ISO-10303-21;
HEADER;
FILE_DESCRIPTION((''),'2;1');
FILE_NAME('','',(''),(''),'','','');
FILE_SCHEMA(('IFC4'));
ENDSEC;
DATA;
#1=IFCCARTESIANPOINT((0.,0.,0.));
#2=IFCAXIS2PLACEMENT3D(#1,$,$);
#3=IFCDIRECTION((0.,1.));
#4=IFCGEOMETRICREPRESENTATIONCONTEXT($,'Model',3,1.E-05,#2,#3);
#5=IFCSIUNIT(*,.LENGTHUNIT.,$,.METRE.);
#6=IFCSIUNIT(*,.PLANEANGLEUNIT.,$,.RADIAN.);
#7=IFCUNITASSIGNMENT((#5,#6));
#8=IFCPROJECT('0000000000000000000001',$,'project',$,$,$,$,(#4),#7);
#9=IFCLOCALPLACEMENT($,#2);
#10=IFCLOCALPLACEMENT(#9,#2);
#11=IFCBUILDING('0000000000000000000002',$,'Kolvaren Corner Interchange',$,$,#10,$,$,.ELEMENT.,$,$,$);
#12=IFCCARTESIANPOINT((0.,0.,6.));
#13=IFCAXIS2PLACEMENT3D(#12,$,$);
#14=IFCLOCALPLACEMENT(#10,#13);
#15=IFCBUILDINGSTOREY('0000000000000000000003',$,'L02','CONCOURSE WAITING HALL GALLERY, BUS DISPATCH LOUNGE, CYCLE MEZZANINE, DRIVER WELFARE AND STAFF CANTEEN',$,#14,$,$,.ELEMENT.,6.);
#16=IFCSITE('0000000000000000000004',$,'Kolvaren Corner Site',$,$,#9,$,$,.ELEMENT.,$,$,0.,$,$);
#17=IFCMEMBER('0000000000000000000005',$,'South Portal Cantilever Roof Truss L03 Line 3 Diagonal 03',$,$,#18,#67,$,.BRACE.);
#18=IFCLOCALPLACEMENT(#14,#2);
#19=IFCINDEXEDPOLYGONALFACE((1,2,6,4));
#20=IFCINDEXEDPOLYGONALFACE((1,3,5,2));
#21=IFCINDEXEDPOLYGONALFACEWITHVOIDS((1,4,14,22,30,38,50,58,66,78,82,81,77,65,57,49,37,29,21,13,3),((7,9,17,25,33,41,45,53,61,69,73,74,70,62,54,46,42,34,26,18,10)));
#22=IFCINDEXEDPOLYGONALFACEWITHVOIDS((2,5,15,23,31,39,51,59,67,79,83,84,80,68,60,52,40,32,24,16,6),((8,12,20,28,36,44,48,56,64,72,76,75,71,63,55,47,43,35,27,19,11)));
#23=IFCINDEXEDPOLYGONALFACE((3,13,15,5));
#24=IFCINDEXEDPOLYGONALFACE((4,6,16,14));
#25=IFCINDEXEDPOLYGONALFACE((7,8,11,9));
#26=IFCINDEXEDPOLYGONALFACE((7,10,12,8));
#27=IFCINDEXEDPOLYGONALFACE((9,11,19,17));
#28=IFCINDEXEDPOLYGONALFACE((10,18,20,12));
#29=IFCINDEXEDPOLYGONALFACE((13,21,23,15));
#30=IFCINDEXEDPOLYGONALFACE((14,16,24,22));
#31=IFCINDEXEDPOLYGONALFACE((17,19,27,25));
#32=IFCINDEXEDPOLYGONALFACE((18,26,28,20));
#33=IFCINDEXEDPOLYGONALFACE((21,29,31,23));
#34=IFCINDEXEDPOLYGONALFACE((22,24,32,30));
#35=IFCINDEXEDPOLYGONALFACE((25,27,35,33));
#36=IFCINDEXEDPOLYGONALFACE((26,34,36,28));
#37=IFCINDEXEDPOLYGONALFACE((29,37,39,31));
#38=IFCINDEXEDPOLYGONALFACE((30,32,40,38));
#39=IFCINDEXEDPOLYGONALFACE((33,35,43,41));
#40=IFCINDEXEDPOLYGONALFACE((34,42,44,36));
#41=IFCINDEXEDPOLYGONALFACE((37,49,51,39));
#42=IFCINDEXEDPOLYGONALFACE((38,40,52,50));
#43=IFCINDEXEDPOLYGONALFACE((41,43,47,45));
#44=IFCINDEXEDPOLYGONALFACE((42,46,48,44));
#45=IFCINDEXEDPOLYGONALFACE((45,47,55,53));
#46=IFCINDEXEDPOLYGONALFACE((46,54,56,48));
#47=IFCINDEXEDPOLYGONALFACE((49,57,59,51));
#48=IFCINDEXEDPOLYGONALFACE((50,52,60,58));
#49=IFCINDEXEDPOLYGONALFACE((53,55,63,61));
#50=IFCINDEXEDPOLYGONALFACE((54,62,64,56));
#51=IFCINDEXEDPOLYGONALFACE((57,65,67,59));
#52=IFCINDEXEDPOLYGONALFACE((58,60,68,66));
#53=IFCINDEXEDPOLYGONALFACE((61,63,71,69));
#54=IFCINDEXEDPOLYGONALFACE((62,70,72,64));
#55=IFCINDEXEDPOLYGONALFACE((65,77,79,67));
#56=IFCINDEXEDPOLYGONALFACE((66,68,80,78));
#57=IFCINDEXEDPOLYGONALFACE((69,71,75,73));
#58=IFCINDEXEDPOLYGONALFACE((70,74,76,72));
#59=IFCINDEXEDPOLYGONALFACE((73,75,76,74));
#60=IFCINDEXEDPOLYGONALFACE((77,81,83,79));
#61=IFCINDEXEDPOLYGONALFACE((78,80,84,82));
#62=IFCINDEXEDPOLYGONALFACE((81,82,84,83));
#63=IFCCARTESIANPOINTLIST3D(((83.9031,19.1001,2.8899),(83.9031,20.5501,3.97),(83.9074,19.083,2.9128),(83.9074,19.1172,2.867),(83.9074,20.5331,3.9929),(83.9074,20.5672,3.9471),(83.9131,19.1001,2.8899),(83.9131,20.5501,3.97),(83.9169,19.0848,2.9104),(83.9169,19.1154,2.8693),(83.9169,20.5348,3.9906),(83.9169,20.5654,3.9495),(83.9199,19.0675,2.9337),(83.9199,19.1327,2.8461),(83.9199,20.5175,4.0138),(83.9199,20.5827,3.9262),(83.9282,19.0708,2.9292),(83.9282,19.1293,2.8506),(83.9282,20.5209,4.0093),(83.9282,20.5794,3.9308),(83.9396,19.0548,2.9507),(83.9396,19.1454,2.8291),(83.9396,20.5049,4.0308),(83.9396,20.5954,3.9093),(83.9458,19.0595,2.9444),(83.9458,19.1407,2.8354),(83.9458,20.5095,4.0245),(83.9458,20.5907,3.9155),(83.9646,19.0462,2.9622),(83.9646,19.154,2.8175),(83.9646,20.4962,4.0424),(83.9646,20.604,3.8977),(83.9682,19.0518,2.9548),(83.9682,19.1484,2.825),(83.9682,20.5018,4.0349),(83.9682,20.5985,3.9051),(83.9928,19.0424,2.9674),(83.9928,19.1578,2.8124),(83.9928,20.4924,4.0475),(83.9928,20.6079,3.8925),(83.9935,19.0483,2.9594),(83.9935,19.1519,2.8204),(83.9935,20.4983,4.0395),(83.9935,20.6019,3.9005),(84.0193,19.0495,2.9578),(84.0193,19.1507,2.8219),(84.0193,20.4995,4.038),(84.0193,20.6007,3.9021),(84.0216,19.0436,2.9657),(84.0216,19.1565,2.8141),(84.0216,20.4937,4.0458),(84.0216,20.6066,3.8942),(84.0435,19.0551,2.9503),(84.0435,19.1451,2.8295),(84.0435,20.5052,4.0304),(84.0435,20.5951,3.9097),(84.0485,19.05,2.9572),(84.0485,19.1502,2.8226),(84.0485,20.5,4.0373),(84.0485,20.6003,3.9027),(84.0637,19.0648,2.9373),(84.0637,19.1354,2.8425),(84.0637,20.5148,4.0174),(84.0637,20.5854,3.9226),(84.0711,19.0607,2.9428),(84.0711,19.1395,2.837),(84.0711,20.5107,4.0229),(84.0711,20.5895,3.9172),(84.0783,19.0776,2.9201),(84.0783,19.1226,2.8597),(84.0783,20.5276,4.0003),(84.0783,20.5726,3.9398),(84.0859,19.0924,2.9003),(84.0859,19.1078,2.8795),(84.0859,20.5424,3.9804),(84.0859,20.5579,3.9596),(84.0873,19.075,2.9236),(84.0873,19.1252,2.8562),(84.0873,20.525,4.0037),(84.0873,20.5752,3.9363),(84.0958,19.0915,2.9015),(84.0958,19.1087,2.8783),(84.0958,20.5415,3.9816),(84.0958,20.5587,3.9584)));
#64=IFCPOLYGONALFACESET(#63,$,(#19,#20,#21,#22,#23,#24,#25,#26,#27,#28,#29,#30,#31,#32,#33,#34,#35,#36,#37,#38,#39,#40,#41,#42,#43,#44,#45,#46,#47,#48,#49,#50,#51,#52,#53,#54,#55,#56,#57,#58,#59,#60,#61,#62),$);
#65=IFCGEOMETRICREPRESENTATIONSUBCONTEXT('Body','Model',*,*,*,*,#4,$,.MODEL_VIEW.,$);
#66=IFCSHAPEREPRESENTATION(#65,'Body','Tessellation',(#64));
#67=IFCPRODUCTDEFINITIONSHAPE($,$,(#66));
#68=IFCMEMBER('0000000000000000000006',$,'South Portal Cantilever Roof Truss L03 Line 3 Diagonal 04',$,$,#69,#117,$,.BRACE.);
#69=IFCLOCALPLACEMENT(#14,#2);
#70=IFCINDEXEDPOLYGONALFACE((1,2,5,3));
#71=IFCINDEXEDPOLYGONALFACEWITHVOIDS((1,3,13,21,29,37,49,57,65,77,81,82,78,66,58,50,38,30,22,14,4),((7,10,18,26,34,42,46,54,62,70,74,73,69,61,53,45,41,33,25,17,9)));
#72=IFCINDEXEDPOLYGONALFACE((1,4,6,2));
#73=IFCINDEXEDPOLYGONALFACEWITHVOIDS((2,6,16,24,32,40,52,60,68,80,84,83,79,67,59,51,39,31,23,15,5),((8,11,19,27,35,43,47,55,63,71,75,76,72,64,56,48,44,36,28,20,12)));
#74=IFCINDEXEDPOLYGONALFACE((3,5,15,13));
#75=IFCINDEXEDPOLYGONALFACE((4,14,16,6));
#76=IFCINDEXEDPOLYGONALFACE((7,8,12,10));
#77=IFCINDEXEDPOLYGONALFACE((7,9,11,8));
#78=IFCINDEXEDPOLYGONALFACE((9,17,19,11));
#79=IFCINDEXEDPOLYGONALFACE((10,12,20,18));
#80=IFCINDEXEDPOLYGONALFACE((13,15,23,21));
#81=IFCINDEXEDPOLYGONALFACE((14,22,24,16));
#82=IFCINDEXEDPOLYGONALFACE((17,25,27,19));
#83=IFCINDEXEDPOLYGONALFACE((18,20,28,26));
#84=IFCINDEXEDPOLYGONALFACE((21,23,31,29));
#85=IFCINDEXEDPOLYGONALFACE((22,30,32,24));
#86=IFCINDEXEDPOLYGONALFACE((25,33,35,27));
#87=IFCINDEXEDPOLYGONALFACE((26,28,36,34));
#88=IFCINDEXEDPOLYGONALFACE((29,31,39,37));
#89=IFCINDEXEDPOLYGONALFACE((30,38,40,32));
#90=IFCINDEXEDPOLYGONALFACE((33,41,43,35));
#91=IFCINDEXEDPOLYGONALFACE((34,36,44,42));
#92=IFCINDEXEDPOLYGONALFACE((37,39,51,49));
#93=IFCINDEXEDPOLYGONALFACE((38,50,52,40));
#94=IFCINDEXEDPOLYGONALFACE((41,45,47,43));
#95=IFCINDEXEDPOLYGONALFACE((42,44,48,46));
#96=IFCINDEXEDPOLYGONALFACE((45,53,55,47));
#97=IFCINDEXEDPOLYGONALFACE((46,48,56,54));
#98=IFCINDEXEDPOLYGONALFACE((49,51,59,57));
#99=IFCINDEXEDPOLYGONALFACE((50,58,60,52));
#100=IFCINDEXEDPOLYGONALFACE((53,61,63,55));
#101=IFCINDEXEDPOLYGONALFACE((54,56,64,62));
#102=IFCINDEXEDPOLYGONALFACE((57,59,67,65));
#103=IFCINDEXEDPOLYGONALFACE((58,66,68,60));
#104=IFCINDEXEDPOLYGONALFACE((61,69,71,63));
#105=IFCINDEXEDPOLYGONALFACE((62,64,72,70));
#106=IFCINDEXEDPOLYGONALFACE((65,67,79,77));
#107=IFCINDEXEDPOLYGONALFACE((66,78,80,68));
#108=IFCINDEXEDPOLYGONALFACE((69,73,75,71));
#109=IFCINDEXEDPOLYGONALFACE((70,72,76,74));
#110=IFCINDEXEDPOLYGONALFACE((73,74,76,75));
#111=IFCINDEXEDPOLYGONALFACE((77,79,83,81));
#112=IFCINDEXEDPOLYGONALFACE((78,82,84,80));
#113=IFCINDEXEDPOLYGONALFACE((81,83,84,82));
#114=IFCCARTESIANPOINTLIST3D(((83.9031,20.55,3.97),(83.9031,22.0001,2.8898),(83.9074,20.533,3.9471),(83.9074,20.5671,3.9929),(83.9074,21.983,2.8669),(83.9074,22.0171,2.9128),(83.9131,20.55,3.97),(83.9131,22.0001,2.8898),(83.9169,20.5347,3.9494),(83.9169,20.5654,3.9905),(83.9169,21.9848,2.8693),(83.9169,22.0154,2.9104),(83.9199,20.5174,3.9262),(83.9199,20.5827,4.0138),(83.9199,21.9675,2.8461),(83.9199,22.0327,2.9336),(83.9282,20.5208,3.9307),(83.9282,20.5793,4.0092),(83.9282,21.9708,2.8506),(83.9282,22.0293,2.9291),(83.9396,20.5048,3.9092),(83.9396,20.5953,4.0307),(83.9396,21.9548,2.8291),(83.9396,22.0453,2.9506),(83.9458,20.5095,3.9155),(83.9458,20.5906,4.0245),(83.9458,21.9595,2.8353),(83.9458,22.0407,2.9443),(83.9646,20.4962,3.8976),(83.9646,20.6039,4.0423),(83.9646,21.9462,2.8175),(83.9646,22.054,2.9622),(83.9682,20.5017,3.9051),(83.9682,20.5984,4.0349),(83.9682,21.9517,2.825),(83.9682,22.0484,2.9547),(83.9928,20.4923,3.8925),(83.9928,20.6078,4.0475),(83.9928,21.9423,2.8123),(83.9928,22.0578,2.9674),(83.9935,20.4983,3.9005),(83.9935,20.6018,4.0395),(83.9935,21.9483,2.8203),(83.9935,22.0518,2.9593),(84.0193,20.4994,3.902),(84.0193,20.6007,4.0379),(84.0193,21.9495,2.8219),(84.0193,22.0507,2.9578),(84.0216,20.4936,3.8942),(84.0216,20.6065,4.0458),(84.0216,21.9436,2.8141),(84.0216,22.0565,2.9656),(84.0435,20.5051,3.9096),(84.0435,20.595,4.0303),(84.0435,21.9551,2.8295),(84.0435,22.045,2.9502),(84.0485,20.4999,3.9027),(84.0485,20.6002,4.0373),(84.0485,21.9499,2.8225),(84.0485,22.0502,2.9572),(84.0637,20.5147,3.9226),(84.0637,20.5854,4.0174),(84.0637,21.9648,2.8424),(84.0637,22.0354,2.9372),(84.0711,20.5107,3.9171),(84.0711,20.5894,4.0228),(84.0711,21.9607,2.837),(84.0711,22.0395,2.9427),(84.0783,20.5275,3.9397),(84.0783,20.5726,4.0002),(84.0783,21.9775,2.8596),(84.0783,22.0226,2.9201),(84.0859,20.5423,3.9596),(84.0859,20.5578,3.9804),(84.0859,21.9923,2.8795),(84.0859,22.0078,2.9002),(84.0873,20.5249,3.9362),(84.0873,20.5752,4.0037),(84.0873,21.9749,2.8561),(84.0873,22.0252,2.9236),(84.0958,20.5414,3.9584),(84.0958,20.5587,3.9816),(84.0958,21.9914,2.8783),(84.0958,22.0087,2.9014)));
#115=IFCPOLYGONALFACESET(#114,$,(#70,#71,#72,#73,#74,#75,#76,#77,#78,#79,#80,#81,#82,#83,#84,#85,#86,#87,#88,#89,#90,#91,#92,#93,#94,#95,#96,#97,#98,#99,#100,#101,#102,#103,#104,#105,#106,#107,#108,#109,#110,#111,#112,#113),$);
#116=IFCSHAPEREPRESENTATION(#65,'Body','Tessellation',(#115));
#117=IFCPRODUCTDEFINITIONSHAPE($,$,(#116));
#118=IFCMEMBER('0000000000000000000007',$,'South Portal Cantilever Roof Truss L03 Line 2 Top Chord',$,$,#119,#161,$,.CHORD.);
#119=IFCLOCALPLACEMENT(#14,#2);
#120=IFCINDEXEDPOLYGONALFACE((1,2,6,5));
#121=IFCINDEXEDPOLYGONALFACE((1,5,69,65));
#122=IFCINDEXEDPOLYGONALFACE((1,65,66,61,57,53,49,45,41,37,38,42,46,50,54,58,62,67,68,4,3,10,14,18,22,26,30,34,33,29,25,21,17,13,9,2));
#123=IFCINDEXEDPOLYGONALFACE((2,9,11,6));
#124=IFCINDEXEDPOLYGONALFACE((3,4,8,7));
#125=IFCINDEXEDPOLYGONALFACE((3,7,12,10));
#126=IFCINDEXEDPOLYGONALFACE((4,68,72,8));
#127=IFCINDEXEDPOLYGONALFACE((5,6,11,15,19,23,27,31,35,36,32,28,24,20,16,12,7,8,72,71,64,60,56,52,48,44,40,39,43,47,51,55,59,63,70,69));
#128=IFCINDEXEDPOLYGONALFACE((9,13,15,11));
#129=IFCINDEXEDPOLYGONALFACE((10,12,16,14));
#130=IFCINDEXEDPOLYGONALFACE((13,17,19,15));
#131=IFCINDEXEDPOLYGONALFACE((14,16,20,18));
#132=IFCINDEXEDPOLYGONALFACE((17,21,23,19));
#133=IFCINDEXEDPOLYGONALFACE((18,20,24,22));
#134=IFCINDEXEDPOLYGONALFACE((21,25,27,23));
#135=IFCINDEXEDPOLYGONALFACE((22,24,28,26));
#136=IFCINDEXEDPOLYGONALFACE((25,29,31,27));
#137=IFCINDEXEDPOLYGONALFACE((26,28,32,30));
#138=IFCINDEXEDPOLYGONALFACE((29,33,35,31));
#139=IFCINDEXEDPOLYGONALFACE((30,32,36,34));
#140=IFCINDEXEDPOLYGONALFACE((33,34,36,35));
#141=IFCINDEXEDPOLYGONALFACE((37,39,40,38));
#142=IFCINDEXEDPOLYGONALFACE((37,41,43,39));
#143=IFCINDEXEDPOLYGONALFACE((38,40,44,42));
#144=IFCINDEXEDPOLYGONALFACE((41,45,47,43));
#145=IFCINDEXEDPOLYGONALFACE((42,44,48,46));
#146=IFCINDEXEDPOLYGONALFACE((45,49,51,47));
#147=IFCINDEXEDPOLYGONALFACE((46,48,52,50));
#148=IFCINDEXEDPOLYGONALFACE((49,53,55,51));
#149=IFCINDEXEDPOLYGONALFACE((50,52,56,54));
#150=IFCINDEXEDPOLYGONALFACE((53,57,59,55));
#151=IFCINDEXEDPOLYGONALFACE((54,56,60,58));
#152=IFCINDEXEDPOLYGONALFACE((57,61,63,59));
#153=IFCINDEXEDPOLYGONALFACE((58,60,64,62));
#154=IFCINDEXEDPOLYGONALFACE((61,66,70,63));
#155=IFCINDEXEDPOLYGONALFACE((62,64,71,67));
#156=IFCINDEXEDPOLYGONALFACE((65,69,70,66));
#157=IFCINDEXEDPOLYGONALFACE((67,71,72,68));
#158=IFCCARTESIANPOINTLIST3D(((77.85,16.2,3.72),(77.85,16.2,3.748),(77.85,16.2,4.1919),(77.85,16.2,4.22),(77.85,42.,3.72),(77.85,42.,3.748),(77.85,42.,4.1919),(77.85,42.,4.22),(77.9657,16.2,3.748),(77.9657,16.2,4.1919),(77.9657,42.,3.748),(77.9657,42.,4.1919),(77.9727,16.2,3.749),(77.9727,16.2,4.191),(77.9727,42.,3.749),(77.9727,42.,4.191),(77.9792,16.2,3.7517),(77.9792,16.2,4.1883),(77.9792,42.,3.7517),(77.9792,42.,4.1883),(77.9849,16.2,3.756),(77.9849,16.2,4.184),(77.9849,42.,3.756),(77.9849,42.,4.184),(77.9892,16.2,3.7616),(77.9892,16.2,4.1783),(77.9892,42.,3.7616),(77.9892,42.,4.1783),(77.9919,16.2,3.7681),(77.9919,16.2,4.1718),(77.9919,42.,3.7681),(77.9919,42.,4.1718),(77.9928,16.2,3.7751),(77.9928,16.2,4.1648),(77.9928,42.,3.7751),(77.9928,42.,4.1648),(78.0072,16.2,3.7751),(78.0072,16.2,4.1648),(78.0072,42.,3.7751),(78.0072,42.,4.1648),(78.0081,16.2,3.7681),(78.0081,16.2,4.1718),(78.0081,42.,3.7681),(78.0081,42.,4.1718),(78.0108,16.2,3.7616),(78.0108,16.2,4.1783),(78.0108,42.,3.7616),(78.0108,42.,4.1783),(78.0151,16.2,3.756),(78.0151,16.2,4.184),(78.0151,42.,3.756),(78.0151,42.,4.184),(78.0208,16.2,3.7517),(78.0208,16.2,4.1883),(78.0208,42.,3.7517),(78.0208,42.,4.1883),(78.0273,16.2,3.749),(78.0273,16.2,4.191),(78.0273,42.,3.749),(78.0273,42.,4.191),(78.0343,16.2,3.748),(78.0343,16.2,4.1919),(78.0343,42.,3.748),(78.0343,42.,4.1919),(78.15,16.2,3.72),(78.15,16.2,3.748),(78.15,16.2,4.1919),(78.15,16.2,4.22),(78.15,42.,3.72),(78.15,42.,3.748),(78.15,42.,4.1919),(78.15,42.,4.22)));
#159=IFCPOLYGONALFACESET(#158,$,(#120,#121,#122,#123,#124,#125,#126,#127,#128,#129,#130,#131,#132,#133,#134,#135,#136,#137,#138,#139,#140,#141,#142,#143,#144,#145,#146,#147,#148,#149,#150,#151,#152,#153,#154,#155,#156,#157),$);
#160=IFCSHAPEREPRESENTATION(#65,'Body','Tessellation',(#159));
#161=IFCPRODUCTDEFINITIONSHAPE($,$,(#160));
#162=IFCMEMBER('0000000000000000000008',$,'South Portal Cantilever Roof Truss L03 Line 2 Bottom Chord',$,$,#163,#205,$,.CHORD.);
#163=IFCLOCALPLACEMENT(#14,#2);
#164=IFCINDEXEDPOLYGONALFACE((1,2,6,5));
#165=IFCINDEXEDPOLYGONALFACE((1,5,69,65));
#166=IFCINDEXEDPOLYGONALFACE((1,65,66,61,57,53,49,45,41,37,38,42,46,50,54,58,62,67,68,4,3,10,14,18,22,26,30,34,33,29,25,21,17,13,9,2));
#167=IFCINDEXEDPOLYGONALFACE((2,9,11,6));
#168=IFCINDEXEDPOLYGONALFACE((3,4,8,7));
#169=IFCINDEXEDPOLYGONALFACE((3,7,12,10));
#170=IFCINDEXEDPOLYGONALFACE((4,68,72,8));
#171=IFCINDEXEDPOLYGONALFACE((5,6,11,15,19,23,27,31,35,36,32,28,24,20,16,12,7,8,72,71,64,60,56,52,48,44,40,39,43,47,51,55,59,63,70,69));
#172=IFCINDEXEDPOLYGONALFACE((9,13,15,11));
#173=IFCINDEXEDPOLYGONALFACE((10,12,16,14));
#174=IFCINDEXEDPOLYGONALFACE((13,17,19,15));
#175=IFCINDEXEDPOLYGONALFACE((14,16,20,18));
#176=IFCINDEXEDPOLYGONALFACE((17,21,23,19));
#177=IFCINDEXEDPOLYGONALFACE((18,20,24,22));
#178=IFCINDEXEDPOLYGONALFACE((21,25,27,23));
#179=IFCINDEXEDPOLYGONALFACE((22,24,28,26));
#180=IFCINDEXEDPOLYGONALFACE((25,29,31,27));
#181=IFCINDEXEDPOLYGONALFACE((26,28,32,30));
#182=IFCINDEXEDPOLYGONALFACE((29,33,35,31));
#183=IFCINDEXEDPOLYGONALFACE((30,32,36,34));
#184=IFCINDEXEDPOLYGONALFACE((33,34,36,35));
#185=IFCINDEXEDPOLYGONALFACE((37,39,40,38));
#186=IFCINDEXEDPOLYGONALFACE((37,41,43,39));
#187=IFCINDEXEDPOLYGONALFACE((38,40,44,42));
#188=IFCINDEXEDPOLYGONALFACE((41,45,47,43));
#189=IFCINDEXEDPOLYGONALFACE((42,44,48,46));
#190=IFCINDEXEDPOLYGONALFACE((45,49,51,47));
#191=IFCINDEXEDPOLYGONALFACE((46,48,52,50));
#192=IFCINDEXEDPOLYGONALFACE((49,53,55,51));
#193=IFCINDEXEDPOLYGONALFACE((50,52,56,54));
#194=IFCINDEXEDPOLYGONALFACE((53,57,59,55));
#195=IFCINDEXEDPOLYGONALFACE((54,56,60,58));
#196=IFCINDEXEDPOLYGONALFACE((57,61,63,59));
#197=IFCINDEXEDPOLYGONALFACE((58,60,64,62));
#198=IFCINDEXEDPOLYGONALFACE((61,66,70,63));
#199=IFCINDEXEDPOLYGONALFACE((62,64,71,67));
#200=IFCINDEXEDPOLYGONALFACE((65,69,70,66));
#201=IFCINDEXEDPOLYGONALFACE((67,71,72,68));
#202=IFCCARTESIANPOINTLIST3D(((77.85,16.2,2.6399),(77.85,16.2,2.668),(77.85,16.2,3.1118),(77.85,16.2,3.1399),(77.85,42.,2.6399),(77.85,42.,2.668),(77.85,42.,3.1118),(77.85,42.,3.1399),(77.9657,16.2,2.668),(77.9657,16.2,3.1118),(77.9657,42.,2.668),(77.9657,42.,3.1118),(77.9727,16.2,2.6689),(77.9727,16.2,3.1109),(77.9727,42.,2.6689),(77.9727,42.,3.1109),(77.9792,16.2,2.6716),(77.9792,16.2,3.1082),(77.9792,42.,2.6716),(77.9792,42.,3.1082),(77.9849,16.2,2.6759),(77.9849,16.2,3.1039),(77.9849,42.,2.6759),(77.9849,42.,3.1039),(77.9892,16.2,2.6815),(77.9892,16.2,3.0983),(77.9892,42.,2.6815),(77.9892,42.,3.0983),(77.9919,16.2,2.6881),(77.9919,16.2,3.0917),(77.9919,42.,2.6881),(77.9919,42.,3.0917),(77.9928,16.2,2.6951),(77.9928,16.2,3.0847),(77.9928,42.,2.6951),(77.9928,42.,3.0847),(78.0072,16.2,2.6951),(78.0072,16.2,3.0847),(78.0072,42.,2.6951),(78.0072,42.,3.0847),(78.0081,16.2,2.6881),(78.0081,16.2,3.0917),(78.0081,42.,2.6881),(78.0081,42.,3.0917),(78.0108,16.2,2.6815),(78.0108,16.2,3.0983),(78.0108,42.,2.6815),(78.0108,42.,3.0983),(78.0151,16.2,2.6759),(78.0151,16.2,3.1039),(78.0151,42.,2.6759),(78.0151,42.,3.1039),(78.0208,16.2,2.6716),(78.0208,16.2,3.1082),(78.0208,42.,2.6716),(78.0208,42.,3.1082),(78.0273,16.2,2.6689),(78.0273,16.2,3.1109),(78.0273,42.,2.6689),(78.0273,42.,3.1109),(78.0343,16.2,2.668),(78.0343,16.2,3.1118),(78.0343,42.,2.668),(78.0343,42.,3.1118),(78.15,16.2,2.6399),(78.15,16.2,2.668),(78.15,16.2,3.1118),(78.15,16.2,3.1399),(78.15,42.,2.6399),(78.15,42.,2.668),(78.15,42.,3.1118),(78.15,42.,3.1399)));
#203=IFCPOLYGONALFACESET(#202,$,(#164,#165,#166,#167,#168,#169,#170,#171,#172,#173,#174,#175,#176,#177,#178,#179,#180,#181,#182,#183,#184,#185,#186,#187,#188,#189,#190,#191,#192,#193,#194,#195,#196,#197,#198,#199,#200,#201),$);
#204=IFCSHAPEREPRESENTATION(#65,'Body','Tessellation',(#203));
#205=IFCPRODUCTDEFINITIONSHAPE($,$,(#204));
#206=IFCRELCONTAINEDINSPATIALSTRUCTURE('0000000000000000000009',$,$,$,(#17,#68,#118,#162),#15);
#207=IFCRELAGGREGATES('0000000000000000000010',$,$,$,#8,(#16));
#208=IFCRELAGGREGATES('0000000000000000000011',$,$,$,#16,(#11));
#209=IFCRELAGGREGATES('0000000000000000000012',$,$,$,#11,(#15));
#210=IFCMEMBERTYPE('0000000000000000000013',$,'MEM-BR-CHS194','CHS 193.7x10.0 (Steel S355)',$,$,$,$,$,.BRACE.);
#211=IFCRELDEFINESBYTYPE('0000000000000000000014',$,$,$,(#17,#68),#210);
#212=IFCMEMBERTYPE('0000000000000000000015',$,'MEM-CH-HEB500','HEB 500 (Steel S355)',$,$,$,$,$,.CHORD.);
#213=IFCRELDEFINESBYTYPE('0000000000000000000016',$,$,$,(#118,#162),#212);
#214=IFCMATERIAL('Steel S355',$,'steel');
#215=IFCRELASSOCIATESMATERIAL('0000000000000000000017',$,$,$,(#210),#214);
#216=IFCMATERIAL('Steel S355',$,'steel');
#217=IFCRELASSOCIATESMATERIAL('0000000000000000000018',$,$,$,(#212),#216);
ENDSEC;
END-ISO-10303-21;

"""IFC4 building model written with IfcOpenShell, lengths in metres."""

from ifc_helpers import new_model, si_unit, direction, frame, origin, origin_2d, place, context, subcontext, project, spatial, hollow_circle, i_section, extrude, material, material_profile, profile_set, type_object, element, save


model = new_model("IFC4")

# Units and contexts
model_context = context("Model", 3, precision=1e-05, world=origin(), true_north=direction((0.0, 1.0)))
body_context = subcontext(model_context, "Body", "Model", "MODEL_VIEW")
ifc_project = project(units=[si_unit("LENGTHUNIT", "METRE"), si_unit("PLANEANGLEUNIT", "RADIAN")], contexts=[model_context])

# Site, building, storey
site_placement = place(None, origin())
site = spatial("IfcSite", under=ifc_project, at=site_placement, Name="Kolvaren Corner Site", CompositionType="ELEMENT", RefElevation=0.0)
building_placement = place(site_placement, origin())
building = spatial("IfcBuilding", under=site, at=building_placement, Name="Kolvaren Corner Interchange", CompositionType="ELEMENT")
storey_placement = place(building_placement, frame((0.0, 0.0, 6.0)))
storey = spatial("IfcBuildingStorey", under=building, at=storey_placement, Name="L02", Description="CONCOURSE WAITING HALL GALLERY, BUS DISPATCH LOUNGE, CYCLE MEZZANINE, DRIVER WELFARE AND STAFF CANTEEN", CompositionType="ELEMENT", Elevation=6.0)

# Members
ifc_material_1 = material(Name="Steel S355", Category="steel")
ifc_material_profile_1 = material_profile(ifc_material_1, hollow_circle(Radius=0.0969, WallThickness=0.01, at=origin_2d()), Name="CHS 193.7x10.0")
ifc_profile_set_1 = profile_set([ifc_material_profile_1], Name="Steel S355")
member_type_1 = type_object("IfcMemberType", Name="MEM-BR-CHS194", Description="CHS 193.7x10.0 (Steel S355)", PredefinedType="BRACE", material=ifc_profile_set_1)
for number, where, z_axis, x_axis, name in (
    (1, (84.0, 19.1001, 2.8899), (0.0, 0.801956, 0.597383), (-1.0, 0.0, 0.0), "South Portal Cantilever Roof Truss L03 Line 3 Diagonal 03"),
    (2, (84.0, 20.55, 3.97), (0.0, 0.801956, -0.597383), (-1.0, 0.0, 0.0), "South Portal Cantilever Roof Truss L03 Line 3 Diagonal 04"),
):
    element("IfcMember", number, at=place(storey_placement, frame(where, z_axis=z_axis, x_axis=x_axis)), inside=storey, type_object=member_type_1, Name=name, PredefinedType="BRACE", context=body_context, shape_type="SweptSolid", body=[
        extrude(hollow_circle(Radius=0.0969, WallThickness=0.01, at=origin_2d()), origin(), (0.0, 0.0, 1.0), 1.8081),
    ])
ifc_material_2 = material(Name="Steel S355", Category="steel")
ifc_material_profile_2 = material_profile(ifc_material_2, i_section(OverallWidth=0.3, OverallDepth=0.5, WebThickness=0.0144, FlangeThickness=0.0281, FilletRadius=0.0271, at=origin_2d()), Name="HEB 500")
ifc_profile_set_2 = profile_set([ifc_material_profile_2], Name="Steel S355")
member_type_2 = type_object("IfcMemberType", Name="MEM-CH-HEB500", Description="HEB 500 (Steel S355)", PredefinedType="CHORD", material=ifc_profile_set_2)
for number, where, z_axis, x_axis, name in (
    (3, (78.0, 16.2, 3.97), (0.0, 1.0, 0.0), (-1.0, 0.0, 0.0), "South Portal Cantilever Roof Truss L03 Line 2 Top Chord"),
    (4, (78.0, 16.2, 2.8899), (0.0, 1.0, 0.0), (-1.0, 0.0, 0.0), "South Portal Cantilever Roof Truss L03 Line 2 Bottom Chord"),
):
    element("IfcMember", number, at=place(storey_placement, frame(where, z_axis=z_axis, x_axis=x_axis)), inside=storey, type_object=member_type_2, Name=name, PredefinedType="CHORD", context=body_context, shape_type="SweptSolid", body=[
        extrude(i_section(OverallWidth=0.3, OverallDepth=0.5, WebThickness=0.0144, FlangeThickness=0.0281, FilletRadius=0.0271, at=origin_2d()), origin(), (0.0, 0.0, 1.0), 25.8),
    ])

save(model, "model.ifc")
